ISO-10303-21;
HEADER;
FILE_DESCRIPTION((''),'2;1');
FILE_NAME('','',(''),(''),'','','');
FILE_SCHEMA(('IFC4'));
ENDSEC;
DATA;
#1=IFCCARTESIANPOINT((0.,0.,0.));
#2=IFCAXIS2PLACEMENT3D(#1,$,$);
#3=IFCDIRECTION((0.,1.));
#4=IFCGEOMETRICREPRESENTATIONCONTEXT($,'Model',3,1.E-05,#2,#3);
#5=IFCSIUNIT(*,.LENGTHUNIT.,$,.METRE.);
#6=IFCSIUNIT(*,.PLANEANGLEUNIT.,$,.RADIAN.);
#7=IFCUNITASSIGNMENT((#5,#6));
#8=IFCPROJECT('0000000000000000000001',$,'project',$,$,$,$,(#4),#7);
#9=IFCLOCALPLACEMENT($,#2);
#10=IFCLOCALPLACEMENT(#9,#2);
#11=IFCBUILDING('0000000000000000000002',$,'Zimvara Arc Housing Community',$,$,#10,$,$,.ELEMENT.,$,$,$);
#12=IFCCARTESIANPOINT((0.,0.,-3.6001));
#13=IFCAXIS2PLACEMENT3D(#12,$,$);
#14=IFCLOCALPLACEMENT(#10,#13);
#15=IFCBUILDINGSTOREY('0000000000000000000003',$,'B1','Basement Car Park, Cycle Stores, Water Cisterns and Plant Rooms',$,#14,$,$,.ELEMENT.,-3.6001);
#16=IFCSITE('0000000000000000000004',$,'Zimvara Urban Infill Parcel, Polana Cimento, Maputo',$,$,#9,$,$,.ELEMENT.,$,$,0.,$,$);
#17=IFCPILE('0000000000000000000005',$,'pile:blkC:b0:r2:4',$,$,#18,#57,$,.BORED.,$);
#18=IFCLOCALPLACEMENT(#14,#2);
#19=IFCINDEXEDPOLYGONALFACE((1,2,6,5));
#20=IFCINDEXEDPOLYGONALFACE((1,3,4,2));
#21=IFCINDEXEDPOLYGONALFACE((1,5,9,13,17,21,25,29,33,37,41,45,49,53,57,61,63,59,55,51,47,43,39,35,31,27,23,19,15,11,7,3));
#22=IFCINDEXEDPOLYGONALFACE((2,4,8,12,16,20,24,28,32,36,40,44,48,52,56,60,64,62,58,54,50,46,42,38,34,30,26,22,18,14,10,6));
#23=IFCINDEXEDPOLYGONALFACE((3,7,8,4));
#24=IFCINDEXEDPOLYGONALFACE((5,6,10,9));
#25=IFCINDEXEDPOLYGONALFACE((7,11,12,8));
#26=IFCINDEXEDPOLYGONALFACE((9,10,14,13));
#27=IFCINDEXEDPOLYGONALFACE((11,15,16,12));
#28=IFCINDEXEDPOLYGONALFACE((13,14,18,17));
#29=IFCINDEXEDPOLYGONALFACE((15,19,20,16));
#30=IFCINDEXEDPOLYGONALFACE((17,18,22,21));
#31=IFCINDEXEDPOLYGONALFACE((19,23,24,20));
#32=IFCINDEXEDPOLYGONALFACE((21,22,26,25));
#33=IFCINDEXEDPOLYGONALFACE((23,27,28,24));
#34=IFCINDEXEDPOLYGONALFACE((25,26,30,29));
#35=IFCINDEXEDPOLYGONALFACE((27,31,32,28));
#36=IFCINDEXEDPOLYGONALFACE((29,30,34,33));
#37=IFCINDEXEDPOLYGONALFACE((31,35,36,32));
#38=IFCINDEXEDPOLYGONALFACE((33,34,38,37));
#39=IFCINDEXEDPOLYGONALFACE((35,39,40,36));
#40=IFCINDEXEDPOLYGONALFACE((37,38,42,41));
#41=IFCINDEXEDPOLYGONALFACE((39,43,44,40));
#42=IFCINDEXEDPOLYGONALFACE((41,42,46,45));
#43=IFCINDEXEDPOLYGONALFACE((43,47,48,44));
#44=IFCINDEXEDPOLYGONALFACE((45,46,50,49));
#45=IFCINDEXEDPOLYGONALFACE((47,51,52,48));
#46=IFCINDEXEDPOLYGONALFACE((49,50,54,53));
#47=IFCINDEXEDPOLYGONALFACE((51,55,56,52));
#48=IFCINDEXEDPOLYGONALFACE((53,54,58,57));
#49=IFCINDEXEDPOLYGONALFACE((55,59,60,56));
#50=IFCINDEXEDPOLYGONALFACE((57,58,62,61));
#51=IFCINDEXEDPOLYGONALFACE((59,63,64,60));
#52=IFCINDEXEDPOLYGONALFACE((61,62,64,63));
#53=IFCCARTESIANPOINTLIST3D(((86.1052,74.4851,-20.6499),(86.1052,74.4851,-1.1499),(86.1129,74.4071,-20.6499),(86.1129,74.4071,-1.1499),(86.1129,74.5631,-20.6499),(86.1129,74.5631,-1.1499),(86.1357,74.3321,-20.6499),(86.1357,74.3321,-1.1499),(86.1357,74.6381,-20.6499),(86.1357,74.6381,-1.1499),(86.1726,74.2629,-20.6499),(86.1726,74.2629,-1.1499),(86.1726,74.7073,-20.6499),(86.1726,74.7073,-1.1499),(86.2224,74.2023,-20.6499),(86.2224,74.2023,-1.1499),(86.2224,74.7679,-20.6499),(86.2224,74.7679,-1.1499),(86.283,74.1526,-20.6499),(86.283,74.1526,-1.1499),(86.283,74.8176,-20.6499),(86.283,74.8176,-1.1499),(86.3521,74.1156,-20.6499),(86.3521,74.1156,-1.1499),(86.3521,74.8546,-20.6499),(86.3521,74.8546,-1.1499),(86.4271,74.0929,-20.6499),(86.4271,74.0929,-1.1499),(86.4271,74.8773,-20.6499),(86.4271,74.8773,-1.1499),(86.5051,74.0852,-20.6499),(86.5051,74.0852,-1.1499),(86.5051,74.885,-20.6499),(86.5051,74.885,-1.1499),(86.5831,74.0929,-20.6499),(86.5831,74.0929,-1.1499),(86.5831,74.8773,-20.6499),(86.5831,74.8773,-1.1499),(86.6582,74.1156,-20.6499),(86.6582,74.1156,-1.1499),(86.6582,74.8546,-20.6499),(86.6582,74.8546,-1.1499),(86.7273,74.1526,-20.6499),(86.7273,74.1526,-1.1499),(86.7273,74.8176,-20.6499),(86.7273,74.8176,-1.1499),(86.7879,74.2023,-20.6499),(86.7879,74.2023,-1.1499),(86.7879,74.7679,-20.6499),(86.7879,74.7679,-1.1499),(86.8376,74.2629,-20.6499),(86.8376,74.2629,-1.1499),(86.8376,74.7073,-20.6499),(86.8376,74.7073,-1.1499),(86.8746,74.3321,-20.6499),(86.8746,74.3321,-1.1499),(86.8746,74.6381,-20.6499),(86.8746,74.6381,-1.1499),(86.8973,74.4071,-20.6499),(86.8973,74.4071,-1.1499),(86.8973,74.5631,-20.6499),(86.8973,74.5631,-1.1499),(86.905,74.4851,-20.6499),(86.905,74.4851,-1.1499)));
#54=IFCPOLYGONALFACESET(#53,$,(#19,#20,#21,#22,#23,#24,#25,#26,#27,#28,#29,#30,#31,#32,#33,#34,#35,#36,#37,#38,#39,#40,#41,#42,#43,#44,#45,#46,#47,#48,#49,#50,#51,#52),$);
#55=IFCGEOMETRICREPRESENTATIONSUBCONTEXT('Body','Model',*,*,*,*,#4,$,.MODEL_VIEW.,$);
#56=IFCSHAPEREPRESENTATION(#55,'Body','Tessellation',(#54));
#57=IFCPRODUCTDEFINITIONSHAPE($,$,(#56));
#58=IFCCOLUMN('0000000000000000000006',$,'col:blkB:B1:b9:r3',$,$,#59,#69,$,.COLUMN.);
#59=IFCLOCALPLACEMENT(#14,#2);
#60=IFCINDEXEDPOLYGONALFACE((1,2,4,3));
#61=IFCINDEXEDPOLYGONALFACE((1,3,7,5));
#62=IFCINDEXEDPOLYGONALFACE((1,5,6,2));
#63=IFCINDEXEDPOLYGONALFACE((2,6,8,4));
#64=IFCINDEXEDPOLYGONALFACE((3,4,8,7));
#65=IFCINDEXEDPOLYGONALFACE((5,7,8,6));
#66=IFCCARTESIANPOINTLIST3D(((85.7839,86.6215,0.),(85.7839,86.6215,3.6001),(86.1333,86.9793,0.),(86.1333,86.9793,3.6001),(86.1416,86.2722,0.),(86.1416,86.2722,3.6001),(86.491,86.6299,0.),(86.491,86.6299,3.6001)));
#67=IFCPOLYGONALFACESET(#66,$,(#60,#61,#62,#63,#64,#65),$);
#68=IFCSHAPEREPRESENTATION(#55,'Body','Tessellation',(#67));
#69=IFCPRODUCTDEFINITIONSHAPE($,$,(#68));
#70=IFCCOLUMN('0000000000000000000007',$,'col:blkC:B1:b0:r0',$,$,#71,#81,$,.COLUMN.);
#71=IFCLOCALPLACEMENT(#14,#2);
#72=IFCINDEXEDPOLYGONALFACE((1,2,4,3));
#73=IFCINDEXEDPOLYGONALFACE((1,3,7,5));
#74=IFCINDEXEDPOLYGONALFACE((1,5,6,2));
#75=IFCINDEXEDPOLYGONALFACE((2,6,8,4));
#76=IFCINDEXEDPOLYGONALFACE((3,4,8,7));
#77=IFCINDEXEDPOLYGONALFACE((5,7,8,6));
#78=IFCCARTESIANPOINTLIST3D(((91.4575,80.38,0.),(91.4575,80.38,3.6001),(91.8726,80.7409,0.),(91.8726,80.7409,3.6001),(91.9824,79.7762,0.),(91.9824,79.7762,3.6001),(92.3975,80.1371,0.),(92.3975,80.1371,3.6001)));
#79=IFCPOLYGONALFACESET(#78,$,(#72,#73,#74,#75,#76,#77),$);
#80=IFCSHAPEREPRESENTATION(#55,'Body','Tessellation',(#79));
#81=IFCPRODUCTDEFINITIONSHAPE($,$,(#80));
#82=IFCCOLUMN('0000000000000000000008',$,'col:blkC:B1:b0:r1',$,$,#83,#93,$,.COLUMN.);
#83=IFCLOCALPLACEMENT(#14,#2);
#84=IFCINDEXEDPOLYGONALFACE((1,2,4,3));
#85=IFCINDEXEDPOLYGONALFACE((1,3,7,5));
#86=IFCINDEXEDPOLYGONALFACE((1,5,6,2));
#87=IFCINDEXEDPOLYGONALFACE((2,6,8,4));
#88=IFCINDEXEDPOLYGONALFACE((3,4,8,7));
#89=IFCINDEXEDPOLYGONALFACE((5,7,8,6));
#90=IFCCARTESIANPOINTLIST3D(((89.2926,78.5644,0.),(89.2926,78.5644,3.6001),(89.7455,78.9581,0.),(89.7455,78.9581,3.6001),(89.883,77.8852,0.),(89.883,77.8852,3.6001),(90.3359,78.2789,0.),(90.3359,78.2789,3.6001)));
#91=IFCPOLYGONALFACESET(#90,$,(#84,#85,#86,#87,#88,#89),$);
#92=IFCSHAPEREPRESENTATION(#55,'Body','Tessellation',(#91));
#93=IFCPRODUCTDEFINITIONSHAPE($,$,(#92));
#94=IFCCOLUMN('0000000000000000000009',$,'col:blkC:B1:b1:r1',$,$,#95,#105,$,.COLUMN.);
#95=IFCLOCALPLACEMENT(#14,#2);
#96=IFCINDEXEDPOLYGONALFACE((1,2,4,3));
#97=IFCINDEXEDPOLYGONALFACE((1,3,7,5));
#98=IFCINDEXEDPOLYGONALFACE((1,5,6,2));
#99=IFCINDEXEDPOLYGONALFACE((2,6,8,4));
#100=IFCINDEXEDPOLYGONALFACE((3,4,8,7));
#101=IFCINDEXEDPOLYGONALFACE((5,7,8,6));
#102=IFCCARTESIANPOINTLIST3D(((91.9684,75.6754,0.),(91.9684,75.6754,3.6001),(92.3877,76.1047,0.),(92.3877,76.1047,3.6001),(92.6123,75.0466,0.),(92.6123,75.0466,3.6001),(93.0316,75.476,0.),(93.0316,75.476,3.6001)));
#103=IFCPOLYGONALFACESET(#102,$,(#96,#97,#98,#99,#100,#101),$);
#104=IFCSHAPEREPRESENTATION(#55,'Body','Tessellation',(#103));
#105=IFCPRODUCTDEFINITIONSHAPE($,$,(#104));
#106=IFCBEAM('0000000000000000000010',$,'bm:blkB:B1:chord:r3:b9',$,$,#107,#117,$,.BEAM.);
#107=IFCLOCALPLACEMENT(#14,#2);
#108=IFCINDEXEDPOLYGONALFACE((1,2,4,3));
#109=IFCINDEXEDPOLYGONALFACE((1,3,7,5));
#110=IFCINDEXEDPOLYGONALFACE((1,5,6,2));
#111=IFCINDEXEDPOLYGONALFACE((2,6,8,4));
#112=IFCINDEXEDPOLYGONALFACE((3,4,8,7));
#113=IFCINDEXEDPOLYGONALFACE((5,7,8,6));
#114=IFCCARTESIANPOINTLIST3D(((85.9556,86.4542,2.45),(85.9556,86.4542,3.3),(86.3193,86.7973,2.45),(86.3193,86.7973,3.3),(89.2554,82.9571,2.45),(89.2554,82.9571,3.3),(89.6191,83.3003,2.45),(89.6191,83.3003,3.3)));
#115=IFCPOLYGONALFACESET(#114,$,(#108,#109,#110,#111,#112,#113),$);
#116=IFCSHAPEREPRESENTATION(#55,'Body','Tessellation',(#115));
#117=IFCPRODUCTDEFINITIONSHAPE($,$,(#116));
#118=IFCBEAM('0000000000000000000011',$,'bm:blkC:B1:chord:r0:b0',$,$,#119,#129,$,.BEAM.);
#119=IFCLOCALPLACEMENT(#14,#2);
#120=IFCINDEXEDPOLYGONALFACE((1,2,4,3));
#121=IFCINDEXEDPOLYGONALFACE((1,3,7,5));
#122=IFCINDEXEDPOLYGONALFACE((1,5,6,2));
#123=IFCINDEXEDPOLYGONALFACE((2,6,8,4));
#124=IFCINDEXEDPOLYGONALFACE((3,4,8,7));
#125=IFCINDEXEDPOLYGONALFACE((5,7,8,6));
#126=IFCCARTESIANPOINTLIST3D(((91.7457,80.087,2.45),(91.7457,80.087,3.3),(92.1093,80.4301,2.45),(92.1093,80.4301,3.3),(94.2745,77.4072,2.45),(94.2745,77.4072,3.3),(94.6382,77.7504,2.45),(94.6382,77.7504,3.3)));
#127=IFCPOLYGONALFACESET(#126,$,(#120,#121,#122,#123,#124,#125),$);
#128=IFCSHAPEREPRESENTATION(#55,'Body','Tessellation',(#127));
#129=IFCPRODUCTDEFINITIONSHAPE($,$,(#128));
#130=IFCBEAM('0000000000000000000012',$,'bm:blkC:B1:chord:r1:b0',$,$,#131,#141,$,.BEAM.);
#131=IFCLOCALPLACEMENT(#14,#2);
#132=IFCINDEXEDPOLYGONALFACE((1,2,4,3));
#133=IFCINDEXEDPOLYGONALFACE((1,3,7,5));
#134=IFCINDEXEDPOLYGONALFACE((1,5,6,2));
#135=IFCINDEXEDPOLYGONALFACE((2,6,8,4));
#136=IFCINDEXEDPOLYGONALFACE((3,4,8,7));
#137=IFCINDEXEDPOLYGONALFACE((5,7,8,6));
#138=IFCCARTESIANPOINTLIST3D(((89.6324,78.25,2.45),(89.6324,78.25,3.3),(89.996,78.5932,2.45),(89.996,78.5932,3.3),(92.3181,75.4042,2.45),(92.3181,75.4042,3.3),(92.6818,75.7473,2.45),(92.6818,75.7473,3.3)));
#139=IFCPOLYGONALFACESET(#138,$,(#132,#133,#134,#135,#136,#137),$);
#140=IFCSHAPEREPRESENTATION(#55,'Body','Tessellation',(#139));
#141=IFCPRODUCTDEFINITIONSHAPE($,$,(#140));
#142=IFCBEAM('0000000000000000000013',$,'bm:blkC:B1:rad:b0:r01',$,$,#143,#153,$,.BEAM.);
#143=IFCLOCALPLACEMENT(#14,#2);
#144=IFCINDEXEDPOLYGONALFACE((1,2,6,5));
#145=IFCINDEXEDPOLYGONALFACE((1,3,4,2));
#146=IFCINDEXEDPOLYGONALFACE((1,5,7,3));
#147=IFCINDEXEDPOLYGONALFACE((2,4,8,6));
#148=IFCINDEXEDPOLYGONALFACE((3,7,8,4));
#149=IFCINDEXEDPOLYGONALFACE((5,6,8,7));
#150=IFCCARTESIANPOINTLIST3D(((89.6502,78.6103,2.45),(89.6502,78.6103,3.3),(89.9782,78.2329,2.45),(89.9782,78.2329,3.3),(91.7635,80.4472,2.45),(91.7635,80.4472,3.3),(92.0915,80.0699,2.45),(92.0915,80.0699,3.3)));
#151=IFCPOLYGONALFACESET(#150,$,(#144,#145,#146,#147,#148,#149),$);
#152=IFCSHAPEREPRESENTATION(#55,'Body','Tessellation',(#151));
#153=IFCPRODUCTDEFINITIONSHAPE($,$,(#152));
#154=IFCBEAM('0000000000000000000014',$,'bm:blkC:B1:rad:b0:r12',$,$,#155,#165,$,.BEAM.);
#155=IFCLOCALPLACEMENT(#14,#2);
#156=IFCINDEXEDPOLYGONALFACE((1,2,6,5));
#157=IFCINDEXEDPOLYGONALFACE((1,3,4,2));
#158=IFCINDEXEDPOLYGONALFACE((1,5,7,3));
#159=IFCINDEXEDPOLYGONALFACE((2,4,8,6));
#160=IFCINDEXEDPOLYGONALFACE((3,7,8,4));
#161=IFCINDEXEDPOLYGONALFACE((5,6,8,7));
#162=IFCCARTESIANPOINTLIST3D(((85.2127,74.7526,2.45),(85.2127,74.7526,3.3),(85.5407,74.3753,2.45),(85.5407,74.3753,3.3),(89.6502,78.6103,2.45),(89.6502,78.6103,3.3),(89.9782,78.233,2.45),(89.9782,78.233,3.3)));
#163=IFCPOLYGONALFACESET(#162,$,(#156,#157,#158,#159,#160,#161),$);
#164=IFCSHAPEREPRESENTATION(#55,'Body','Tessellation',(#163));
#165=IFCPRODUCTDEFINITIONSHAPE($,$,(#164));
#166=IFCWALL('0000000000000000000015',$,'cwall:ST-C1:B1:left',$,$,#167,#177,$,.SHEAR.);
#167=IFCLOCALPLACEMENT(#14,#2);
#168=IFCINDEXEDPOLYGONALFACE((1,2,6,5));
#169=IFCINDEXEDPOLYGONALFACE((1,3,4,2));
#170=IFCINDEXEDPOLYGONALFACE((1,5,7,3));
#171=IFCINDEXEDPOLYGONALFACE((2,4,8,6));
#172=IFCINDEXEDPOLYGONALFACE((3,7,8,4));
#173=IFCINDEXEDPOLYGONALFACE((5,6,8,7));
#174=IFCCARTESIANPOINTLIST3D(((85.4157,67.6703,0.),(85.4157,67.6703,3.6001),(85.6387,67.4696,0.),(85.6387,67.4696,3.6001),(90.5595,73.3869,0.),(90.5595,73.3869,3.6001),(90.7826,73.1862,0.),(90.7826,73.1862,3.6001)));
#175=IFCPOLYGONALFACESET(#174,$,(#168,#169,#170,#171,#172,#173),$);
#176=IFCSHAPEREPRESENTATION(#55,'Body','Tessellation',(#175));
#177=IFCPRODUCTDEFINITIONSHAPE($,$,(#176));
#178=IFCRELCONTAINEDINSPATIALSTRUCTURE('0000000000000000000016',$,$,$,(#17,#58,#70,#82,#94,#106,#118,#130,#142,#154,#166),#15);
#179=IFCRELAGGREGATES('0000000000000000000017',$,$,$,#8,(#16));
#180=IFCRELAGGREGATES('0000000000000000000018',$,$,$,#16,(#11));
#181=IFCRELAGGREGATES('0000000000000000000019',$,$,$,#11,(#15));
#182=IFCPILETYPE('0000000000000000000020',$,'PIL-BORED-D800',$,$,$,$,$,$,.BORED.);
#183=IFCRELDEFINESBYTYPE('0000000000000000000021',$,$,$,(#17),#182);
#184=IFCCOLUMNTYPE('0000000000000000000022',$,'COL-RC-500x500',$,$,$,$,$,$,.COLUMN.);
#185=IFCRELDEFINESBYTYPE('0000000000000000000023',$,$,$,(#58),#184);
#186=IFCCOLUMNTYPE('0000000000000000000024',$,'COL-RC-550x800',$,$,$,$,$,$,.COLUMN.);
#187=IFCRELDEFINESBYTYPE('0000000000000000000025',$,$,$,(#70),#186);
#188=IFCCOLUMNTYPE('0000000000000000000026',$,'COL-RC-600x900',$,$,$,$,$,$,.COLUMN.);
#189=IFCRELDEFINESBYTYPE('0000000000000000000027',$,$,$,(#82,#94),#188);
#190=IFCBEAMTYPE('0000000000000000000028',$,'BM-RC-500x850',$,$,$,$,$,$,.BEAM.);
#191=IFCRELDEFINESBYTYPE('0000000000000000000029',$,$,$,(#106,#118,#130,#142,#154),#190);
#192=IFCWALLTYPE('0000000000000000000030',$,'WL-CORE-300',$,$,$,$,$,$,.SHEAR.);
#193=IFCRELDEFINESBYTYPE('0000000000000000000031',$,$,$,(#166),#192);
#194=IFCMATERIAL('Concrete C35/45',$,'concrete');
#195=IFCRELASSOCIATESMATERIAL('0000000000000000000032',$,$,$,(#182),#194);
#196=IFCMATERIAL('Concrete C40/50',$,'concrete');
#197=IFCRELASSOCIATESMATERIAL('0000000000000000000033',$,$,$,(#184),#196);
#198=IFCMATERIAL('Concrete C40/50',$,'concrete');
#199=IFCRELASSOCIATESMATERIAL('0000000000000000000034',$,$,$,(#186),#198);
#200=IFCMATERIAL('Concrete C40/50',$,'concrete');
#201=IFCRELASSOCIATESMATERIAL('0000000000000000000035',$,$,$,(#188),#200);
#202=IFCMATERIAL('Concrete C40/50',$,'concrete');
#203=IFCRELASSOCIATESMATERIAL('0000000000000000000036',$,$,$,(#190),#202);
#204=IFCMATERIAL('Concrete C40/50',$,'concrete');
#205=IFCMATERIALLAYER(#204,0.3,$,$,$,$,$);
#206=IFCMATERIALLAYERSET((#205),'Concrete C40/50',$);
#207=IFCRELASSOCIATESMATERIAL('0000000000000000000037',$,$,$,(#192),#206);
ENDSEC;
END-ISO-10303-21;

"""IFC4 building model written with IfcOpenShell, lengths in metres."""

from ifc_helpers import new_model, si_unit, direction, frame, frame_2d, origin, origin_2d, place, context, subcontext, project, spatial, rectangle, circle, extrude, material, layer, layer_set, material_profile, profile_set, type_object, element, save


model = new_model("IFC4")

# Units and contexts
model_context = context("Model", 3, precision=1e-05, world=origin(), true_north=direction((0.0, 1.0)))
body_context = subcontext(model_context, "Body", "Model", "MODEL_VIEW")
ifc_project = project(units=[si_unit("LENGTHUNIT", "METRE"), si_unit("PLANEANGLEUNIT", "RADIAN")], contexts=[model_context])

# Site, building, storey
site_placement = place(None, origin())
site = spatial("IfcSite", under=ifc_project, at=site_placement, Name="Zimvara Urban Infill Parcel, Polana Cimento, Maputo", CompositionType="ELEMENT", RefElevation=0.0)
building_placement = place(site_placement, origin())
building = spatial("IfcBuilding", under=site, at=building_placement, Name="Zimvara Arc Housing Community", CompositionType="ELEMENT")
storey_placement = place(building_placement, frame((0.0, 0.0, -3.6001)))
storey = spatial("IfcBuildingStorey", under=building, at=storey_placement, Name="B1", Description="Basement Car Park, Cycle Stores, Water Cisterns and Plant Rooms", CompositionType="ELEMENT", Elevation=-3.6001)

# Pile
ifc_material_1 = material(Name="Concrete C35/45", Category="concrete")
ifc_material_profile_1 = material_profile(ifc_material_1, circle(Radius=0.3999, at=origin_2d()), Name="PILE D800")
ifc_profile_set_1 = profile_set([ifc_material_profile_1], Name="Concrete C35/45")
pile_type_1 = type_object("IfcPileType", Name="PIL-BORED-D800", PredefinedType="BORED", material=ifc_profile_set_1)
for number, where, z_axis, x_axis, name in (
    (1, (86.5051, 74.4851, -1.1499), (0.0, 0.0, -1.0), (1.0, 0.0, 0.0), "pile:blkC:b0:r2:4"),
):
    element("IfcPile", number, at=place(storey_placement, frame(where, z_axis=z_axis, x_axis=x_axis)), inside=storey, type_object=pile_type_1, Name=name, PredefinedType="BORED", context=body_context, shape_type="SweptSolid", body=[
        extrude(circle(Radius=0.3999, at=origin_2d()), origin(), (0.0, 0.0, 1.0), 19.5),
    ])

# Columns
ifc_material_2 = material(Name="Concrete C40/50", Category="concrete")
ifc_material_profile_2 = material_profile(ifc_material_2, rectangle(XDim=0.5, YDim=0.5, at=origin_2d()), Name="RC 500x500")
ifc_profile_set_2 = profile_set([ifc_material_profile_2], Name="Concrete C40/50")
column_type_1 = type_object("IfcColumnType", Name="COL-RC-500x500", PredefinedType="COLUMN", material=ifc_profile_set_2)
column_1_placement = place(storey_placement, frame((86.1375, 86.6257, 0.0), z_axis=(0.0, 0.0, 1.0), x_axis=(0.698665, 0.715449, 0.0)))
element("IfcColumn", 2, at=column_1_placement, inside=storey, type_object=column_type_1, Name="col:blkB:B1:b9:r3", PredefinedType="COLUMN", context=body_context, shape_type="SweptSolid", body=[
    extrude(rectangle(XDim=0.5, YDim=0.5, at=origin_2d()), origin(), (0.0, 0.0, 1.0), 3.6001),
])
ifc_material_3 = material(Name="Concrete C40/50", Category="concrete")
ifc_material_profile_3 = material_profile(ifc_material_3, rectangle(XDim=0.55, YDim=0.8, at=origin_2d()), Name="RC 550x800")
ifc_profile_set_3 = profile_set([ifc_material_profile_3], Name="Concrete C40/50")
column_type_2 = type_object("IfcColumnType", Name="COL-RC-550x800", PredefinedType="COLUMN", material=ifc_profile_set_3)
column_2_placement = place(storey_placement, frame((91.9275, 80.2585, 0.0), z_axis=(0.0, 0.0, 1.0), x_axis=(-0.75471, -0.656059, 0.0)))
element("IfcColumn", 3, at=column_2_placement, inside=storey, type_object=column_type_2, Name="col:blkC:B1:b0:r0", PredefinedType="COLUMN", context=body_context, shape_type="SweptSolid", body=[
    extrude(rectangle(XDim=0.55, YDim=0.8, at=origin_2d()), origin(), (0.0, 0.0, 1.0), 3.6001),
])
ifc_material_4 = material(Name="Concrete C40/50", Category="concrete")
ifc_material_profile_4 = material_profile(ifc_material_4, rectangle(XDim=0.6001, YDim=0.8999, at=origin_2d()), Name="RC 600x900")
ifc_profile_set_4 = profile_set([ifc_material_profile_4], Name="Concrete C40/50")
column_type_3 = type_object("IfcColumnType", Name="COL-RC-600x900", PredefinedType="COLUMN", material=ifc_profile_set_4)
for number, where, z_axis, x_axis, name in (
    (4, (89.8142, 78.4216, 0.0), (0.0, 0.0, 1.0), (-0.75471, -0.656059, 0.0), "col:blkC:B1:b0:r1"),
    (5, (92.5, 75.5757, 0.0), (0.0, 0.0, 1.0), (-0.698665, -0.715449, 0.0), "col:blkC:B1:b1:r1"),
):
    element("IfcColumn", number, at=place(storey_placement, frame(where, z_axis=z_axis, x_axis=x_axis)), inside=storey, type_object=column_type_3, Name=name, PredefinedType="COLUMN", context=body_context, shape_type="SweptSolid", body=[
        extrude(rectangle(XDim=0.6001, YDim=0.8999, at=origin_2d()), origin(), (0.0, 0.0, 1.0), 3.6001),
    ])

# Beams
ifc_material_5 = material(Name="Concrete C40/50", Category="concrete")
ifc_material_profile_5 = material_profile(ifc_material_5, rectangle(XDim=0.5, YDim=0.8501, at=origin_2d()), Name="RC 500x850")
ifc_profile_set_5 = profile_set([ifc_material_profile_5], Name="Concrete C40/50")
beam_type = type_object("IfcBeamType", Name="BM-RC-500x850", PredefinedType="BEAM", material=ifc_profile_set_5)
beam_1_placement = place(storey_placement, frame((86.1375, 86.6257, 2.875), z_axis=(0.686295, -0.727323, 0.0), x_axis=(0.727323, 0.686295, 0.0)))
element("IfcBeam", 6, at=beam_1_placement, inside=storey, type_object=beam_type, Name="bm:blkB:B1:chord:r3:b9", PredefinedType="BEAM", context=body_context, shape_type="SweptSolid", body=[
    extrude(rectangle(XDim=0.5, YDim=0.8501, at=origin_2d()), origin(), (0.0, 0.0, 1.0), 4.8081),
])
beam_2_placement = place(storey_placement, frame((91.9275, 80.2585, 2.875), z_axis=(0.686336, -0.727285, 0.0), x_axis=(0.727285, 0.686336, 0.0)))
element("IfcBeam", 7, at=beam_2_placement, inside=storey, type_object=beam_type, Name="bm:blkC:B1:chord:r0:b0", PredefinedType="BEAM", context=body_context, shape_type="SweptSolid", body=[
    extrude(rectangle(XDim=0.5, YDim=0.8501, at=origin_2d()), origin(), (0.0, 0.0, 1.0), 3.6846),
])
beam_3_placement = place(storey_placement, frame((89.8142, 78.4216, 2.875), z_axis=(0.686347, -0.727274, 0.0), x_axis=(0.727274, 0.686347, 0.0)))
element("IfcBeam", 8, at=beam_3_placement, inside=storey, type_object=beam_type, Name="bm:blkC:B1:chord:r1:b0", PredefinedType="BEAM", context=body_context, shape_type="SweptSolid", body=[
    extrude(rectangle(XDim=0.5, YDim=0.8501, at=origin_2d()), origin(), (0.0, 0.0, 1.0), 3.9131),
])
beam_4_placement = place(storey_placement, frame((91.9275, 80.2585, 2.875), z_axis=(-0.754733, -0.656032, 0.0), x_axis=(0.656032, -0.754733, 0.0)))
element("IfcBeam", 9, at=beam_4_placement, inside=storey, type_object=beam_type, Name="bm:blkC:B1:rad:b0:r01", PredefinedType="BEAM", context=body_context, shape_type="SweptSolid", body=[
    extrude(rectangle(XDim=0.5, YDim=0.8501, at=origin_2d()), origin(), (0.0, 0.0, 1.0), 2.8),
])
beam_5_placement = place(storey_placement, frame((89.8142, 78.4216, 2.875), z_axis=(-0.754692, -0.656079, 0.0), x_axis=(0.656079, -0.754692, 0.0)))
element("IfcBeam", 10, at=beam_5_placement, inside=storey, type_object=beam_type, Name="bm:blkC:B1:rad:b0:r12", PredefinedType="BEAM", context=body_context, shape_type="SweptSolid", body=[
    extrude(rectangle(XDim=0.5, YDim=0.8501, at=origin_2d()), origin(), (0.0, 0.0, 1.0), 5.8799),
])

# Shared definitions
ifc_material_6 = material(Name="Concrete C40/50", Category="concrete")
ifc_layer_1 = layer(ifc_material_6, 0.3)
ifc_layer_set_1 = layer_set([ifc_layer_1], Name="Concrete C40/50")
wall_type_1 = type_object("IfcWallType", Name="WL-CORE-300", PredefinedType="SHEAR", material=ifc_layer_set_1)

# Wall
wall_1_placement = place(storey_placement, frame((90.6711, 73.2866, 0.0), z_axis=(0.0, 0.0, 1.0), x_axis=(-0.668886, -0.743365, 0.0)))
element("IfcWall", 11, at=wall_1_placement, inside=storey, type_object=wall_type_1, Name="cwall:ST-C1:B1:left", PredefinedType="SHEAR", context=body_context, shape_type="SweptSolid", body=[
    extrude(rectangle(XDim=7.6902, YDim=0.3, at=frame_2d((3.8452, 0.0))), origin(), (0.0, 0.0, 1.0), 3.6001),
])

save(model, "model.ifc")
